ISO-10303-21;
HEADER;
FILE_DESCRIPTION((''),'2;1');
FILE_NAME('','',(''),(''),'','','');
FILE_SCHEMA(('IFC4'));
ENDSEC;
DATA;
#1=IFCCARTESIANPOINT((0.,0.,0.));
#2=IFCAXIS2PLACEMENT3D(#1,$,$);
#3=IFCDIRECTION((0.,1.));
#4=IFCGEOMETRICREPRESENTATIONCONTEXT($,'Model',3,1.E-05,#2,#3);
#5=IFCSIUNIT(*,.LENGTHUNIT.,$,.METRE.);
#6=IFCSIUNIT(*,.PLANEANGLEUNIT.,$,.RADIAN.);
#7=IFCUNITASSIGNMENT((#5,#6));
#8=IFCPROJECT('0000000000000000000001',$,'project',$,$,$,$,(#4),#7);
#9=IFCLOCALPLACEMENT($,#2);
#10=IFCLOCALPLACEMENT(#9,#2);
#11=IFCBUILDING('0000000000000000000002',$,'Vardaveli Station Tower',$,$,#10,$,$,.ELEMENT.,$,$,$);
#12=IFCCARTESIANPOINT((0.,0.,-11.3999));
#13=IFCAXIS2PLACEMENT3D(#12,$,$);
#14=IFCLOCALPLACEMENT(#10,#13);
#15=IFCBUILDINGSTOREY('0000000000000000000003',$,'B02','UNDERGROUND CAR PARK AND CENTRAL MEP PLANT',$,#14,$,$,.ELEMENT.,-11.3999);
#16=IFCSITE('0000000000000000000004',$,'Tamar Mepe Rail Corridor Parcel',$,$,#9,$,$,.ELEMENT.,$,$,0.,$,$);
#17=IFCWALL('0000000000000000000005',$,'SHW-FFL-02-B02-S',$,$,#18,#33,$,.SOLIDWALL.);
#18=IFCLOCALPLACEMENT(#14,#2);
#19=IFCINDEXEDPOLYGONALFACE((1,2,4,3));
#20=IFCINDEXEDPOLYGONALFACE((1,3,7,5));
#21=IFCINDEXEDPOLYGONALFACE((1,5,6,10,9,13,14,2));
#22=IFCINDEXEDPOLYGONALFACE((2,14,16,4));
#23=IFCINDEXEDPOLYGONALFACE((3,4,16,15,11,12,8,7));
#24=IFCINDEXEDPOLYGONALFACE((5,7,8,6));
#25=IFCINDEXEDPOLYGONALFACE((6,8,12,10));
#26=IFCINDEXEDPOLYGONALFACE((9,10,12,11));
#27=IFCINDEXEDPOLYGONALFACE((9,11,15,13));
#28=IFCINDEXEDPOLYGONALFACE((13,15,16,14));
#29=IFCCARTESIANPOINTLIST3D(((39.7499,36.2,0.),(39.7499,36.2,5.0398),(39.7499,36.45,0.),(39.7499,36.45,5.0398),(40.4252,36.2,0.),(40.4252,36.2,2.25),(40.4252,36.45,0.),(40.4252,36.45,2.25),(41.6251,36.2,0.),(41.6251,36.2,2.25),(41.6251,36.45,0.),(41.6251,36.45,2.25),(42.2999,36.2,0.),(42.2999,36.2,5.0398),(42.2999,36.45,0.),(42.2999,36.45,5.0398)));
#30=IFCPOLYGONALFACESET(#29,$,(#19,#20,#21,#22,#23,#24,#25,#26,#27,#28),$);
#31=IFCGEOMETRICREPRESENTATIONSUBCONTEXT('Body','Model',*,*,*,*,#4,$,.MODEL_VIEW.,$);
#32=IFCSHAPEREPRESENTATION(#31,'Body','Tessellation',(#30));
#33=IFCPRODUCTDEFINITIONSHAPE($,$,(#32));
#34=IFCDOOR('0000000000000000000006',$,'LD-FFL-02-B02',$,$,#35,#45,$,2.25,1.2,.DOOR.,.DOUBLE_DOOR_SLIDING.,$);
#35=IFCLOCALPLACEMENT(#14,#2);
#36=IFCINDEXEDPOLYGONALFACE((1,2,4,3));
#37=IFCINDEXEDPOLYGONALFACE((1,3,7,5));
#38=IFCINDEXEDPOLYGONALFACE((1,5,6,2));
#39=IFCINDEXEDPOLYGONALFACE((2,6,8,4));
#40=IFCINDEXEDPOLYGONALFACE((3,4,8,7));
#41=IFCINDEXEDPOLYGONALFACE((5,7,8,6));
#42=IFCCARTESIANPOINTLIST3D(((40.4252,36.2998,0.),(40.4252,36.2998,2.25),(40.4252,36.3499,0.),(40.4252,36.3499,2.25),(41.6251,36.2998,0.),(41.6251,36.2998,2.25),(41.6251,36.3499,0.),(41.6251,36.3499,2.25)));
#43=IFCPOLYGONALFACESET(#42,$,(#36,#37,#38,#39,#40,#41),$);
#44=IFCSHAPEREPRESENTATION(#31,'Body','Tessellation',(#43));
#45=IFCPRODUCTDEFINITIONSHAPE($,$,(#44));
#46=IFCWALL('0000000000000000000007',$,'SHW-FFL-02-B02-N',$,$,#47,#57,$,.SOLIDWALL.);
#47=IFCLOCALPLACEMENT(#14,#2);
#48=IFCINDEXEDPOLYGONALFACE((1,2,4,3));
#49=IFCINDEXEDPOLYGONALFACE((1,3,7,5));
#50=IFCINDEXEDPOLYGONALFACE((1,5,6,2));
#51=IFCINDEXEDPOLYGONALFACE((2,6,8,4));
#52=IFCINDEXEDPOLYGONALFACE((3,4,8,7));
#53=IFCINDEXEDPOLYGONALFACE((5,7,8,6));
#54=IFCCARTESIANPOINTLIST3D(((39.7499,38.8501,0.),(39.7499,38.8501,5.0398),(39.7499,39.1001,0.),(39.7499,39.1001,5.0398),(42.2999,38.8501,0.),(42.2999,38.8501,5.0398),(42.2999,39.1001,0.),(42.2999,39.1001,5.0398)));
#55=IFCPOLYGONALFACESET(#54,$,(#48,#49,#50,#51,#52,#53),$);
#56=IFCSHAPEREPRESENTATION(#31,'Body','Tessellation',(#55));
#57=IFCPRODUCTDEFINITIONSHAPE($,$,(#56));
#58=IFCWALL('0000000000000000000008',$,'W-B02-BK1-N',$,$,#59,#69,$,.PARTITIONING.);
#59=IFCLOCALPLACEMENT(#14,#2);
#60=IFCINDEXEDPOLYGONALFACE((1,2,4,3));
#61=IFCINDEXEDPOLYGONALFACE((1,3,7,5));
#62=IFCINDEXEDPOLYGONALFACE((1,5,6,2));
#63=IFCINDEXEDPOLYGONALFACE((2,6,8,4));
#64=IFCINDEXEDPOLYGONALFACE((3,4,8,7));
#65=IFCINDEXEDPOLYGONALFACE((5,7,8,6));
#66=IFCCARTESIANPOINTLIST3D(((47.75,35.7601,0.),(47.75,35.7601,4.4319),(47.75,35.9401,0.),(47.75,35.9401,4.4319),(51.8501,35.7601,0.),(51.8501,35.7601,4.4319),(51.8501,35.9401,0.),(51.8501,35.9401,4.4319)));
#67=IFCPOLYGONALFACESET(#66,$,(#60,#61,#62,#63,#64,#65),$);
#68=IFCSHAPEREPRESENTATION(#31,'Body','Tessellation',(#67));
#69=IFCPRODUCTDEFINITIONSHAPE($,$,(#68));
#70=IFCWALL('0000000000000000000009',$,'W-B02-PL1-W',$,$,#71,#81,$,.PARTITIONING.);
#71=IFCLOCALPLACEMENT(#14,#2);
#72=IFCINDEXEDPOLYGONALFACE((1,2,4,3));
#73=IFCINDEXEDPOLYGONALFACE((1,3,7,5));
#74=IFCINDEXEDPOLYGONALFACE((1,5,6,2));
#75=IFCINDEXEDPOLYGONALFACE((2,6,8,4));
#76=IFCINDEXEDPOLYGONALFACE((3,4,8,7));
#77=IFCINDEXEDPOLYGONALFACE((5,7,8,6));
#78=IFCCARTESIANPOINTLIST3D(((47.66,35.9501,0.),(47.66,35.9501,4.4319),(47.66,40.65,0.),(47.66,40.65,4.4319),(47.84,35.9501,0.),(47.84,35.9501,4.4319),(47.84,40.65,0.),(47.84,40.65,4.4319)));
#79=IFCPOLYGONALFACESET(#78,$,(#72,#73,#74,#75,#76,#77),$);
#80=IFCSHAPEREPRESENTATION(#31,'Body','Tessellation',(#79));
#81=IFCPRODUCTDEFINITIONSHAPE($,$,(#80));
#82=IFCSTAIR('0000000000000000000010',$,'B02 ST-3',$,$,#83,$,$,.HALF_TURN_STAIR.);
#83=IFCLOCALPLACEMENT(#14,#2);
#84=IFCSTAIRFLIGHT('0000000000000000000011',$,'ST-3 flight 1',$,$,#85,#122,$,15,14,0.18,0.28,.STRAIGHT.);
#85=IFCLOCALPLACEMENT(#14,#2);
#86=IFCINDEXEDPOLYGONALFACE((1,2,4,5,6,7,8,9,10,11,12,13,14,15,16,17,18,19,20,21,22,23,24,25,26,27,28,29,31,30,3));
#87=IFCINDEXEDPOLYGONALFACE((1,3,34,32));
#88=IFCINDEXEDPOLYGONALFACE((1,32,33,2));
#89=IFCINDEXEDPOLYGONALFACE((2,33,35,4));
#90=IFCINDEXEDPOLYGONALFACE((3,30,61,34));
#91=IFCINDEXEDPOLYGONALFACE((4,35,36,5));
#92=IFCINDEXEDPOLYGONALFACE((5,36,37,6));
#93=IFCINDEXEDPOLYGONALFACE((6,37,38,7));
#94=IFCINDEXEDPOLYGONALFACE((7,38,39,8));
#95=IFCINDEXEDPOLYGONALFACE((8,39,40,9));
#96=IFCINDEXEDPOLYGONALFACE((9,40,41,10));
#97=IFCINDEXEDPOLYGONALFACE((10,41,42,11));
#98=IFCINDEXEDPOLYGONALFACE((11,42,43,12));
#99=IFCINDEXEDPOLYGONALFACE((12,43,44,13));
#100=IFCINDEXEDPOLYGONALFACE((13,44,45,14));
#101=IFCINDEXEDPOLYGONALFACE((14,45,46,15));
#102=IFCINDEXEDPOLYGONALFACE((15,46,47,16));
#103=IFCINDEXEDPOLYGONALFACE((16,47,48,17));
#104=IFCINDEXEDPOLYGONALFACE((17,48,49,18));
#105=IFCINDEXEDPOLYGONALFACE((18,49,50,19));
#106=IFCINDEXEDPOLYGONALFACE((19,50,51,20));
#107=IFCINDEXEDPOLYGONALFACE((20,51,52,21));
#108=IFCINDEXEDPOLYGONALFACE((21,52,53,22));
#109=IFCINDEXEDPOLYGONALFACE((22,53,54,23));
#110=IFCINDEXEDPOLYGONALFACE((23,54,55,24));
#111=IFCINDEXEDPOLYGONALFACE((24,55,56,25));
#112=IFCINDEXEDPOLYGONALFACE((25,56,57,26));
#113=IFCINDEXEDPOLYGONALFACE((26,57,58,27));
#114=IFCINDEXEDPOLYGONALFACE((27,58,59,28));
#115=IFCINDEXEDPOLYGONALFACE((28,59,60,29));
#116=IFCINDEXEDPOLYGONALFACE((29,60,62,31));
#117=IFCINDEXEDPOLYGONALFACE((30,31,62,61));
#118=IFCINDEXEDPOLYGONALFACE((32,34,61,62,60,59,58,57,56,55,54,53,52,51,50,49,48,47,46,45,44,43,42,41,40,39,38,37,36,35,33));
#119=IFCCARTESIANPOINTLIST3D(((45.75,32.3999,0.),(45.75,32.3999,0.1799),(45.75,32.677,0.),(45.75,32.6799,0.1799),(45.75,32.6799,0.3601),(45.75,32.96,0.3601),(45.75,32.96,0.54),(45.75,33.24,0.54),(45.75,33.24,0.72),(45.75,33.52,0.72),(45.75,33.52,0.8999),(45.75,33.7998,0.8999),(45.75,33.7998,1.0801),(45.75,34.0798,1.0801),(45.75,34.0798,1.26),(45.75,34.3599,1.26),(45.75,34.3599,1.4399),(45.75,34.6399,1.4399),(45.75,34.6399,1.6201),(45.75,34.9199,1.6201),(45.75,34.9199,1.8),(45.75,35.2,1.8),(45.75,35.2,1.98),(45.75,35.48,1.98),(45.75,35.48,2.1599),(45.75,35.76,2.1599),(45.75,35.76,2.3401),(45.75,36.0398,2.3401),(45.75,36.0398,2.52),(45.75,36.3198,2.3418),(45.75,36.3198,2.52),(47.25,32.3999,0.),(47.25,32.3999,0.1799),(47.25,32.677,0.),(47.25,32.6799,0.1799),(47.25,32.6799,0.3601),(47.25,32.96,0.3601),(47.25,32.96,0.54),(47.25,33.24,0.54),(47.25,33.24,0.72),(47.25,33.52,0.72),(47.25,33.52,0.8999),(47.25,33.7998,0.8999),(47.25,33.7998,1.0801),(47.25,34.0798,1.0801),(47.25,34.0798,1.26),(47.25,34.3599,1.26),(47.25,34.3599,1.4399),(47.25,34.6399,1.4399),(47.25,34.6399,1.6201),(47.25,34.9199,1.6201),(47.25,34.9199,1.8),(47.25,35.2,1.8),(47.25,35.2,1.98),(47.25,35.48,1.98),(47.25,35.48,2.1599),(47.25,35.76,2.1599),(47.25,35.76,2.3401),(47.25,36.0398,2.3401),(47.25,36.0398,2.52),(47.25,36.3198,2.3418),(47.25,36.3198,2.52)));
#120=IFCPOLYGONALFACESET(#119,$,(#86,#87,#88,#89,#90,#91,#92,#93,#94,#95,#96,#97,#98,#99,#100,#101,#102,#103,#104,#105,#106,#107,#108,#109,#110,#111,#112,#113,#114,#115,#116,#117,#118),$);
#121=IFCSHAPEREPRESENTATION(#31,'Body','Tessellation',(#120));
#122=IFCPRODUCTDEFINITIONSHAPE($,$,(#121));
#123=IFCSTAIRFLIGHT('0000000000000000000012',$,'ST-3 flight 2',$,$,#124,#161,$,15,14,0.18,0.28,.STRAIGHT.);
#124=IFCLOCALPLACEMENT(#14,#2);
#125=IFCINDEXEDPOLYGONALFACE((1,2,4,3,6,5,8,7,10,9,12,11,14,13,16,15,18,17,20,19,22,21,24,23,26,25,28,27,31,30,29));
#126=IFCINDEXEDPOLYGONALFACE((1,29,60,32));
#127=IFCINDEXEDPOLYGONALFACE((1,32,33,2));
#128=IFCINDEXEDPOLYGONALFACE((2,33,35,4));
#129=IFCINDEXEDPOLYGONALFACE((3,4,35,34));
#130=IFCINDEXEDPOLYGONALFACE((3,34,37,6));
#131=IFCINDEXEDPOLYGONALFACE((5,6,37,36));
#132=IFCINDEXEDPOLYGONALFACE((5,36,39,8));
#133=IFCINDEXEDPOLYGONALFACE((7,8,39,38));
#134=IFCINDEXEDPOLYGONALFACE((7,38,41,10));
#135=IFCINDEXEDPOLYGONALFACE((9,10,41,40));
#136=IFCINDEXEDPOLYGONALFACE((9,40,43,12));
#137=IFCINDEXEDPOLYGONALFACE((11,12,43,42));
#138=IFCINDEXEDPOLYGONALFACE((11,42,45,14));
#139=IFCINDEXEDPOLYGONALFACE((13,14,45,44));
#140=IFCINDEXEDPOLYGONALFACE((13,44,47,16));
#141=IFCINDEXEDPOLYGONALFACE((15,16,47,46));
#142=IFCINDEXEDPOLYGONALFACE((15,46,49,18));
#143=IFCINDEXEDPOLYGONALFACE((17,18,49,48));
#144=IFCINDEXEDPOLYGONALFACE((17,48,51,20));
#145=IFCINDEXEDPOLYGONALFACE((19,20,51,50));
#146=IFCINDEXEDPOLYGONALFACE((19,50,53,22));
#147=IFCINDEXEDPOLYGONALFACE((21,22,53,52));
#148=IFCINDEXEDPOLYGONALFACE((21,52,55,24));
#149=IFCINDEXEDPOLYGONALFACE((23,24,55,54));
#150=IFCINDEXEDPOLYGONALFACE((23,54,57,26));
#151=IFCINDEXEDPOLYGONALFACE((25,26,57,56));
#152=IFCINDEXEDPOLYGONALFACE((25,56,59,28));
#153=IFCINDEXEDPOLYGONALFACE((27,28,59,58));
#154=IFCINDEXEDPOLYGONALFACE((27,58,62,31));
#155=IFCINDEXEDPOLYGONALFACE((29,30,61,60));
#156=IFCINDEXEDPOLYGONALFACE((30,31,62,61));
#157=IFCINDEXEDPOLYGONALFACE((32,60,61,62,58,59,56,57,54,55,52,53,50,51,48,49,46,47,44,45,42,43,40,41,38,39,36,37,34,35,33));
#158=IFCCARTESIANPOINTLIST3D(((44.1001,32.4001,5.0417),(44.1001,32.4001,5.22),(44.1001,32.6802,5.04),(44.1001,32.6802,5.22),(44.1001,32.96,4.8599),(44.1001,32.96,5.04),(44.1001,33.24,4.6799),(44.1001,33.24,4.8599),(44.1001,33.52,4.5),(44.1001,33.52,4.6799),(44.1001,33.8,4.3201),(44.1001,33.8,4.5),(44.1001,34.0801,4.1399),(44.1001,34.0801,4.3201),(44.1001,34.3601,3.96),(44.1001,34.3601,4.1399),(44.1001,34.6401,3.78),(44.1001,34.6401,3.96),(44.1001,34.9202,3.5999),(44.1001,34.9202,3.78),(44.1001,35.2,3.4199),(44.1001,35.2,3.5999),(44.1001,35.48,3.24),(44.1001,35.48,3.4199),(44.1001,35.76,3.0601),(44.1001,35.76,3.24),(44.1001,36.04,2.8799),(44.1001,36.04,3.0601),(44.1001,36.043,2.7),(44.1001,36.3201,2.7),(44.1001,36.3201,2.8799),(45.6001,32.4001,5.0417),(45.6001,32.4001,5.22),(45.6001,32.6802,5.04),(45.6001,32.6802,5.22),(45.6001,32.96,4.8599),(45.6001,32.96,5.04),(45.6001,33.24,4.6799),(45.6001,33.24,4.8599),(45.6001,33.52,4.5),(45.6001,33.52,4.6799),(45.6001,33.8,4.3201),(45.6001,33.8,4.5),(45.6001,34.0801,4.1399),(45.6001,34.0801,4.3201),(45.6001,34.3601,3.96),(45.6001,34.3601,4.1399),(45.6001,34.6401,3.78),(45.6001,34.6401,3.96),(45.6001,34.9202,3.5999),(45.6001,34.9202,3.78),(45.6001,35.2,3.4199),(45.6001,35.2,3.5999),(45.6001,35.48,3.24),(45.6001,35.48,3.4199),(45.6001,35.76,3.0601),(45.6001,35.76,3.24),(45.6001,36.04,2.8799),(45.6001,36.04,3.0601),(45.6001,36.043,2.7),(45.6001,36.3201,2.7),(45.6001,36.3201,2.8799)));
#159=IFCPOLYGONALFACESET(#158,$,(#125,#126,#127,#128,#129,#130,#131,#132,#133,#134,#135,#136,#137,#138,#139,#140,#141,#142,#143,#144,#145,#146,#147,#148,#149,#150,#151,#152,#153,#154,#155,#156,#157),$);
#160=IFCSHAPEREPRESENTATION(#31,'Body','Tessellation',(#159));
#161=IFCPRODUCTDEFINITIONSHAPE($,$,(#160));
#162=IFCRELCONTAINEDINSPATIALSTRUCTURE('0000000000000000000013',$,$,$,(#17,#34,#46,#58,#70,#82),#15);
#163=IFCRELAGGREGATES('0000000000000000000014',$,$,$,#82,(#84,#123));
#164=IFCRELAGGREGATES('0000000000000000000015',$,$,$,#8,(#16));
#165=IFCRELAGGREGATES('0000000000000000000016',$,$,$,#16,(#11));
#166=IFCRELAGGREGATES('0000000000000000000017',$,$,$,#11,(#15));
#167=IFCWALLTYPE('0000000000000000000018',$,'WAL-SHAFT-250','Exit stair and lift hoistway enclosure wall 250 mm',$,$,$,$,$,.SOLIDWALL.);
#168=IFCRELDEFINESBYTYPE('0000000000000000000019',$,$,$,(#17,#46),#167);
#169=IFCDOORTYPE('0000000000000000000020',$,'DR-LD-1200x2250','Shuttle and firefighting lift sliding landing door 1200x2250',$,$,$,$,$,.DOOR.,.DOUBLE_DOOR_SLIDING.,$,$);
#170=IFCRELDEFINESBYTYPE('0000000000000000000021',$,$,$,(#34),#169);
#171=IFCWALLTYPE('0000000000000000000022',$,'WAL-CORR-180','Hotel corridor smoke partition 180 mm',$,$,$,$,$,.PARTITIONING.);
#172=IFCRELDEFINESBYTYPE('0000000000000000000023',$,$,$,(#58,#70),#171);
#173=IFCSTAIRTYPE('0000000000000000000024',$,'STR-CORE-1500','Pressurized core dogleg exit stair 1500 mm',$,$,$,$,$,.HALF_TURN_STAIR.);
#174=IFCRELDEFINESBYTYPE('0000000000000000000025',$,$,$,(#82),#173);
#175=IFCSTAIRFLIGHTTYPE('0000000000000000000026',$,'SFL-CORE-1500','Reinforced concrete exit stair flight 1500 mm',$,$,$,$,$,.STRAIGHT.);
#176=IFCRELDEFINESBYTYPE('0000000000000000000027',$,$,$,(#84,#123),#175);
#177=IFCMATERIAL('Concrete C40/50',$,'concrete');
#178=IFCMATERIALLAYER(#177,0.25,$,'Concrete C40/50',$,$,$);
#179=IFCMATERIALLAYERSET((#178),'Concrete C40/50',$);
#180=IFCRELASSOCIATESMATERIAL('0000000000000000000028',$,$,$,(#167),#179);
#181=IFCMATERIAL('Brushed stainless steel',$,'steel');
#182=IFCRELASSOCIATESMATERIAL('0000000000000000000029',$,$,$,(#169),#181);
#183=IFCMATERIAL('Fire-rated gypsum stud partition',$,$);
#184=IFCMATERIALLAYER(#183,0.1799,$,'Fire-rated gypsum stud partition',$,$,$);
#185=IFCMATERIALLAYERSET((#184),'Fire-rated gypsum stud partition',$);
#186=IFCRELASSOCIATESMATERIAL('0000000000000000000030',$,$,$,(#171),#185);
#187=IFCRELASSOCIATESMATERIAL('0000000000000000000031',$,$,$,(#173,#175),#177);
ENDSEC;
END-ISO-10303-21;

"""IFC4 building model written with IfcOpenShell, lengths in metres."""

from ifc_helpers import new_model, si_unit, direction, frame, frame_2d, origin, place, context, subcontext, project, spatial, polyline, rectangle, outline, extrude, source, transform, mapped, material, layer, layer_set, type_object, element, fill, aggregate, save


model = new_model("IFC4")

# Units and contexts
model_context = context("Model", 3, precision=1e-05, world=origin(), true_north=direction((0.0, 1.0)))
body_context = subcontext(model_context, "Body", "Model", "MODEL_VIEW")
ifc_project = project(units=[si_unit("LENGTHUNIT", "METRE"), si_unit("PLANEANGLEUNIT", "RADIAN")], contexts=[model_context])

# Site, building, storey
site_placement = place(None, origin())
site = spatial("IfcSite", under=ifc_project, at=site_placement, Name="Tamar Mepe Rail Corridor Parcel", CompositionType="ELEMENT", RefElevation=0.0)
building_placement = place(site_placement, origin())
building = spatial("IfcBuilding", under=site, at=building_placement, Name="Vardaveli Station Tower", CompositionType="ELEMENT")
storey_placement = place(building_placement, frame((0.0, 0.0, -11.3999)))
storey = spatial("IfcBuildingStorey", under=building, at=storey_placement, Name="B02", Description="UNDERGROUND CAR PARK AND CENTRAL MEP PLANT", CompositionType="ELEMENT", Elevation=-11.3999)

# Shared definitions
ifc_material_1 = material(Name="Concrete C40/50", Category="concrete")

# Shared definitions
ifc_layer_1 = layer(ifc_material_1, 0.25, Name="Concrete C40/50")
ifc_layer_set_1 = layer_set([ifc_layer_1], Name="Concrete C40/50")
wall_type_1 = type_object("IfcWallType", Name="WAL-SHAFT-250", Description="Exit stair and lift hoistway enclosure wall 250 mm", PredefinedType="SOLIDWALL", material=ifc_layer_set_1)

# Wall, opening, door
shared_shape_1 = source(origin(), body_context, "Body", "SweptSolid", [
    extrude(rectangle(XDim=2.55, YDim=0.25, at=frame_2d((1.2749, 0.0))), origin(), (0.0, 0.0, 1.0), 5.0398),
])
wall_1_placement = place(storey_placement, frame((39.75, 36.325, 0.0), z_axis=(0.0, 0.0, 1.0), x_axis=(1.0, 0.0, 0.0)))
wall_1 = element("IfcWall", 1, at=wall_1_placement, inside=storey, type_object=wall_type_1, Name="SHW-FFL-02-B02-S", PredefinedType="SOLIDWALL", context=body_context, shape_type="MappedRepresentation", body=[
    mapped(shared_shape_1, transform((0.0, 0.0, 0.0), scale=1.0)),
])
shared_shape_2 = source(origin(), body_context, "Body", "SweptSolid", [
    extrude(rectangle(XDim=1.2, YDim=2.25, at=frame_2d((0.6001, 1.125))), frame((0.0, 0.135, 0.0), z_axis=(0.0, -1.0, 0.0), x_axis=(1.0, 0.0, 0.0)), (0.0, 0.0, 1.0), 0.27),
])
opening_placement = place(wall_1_placement, frame((0.675, 0.0, 0.0)))
opening = element("IfcOpeningElement", 2, at=opening_placement, cuts=wall_1, PredefinedType="OPENING", context=body_context, shape_type="MappedRepresentation", body=[
    mapped(shared_shape_2, transform((0.0, 0.0, 0.0), scale=1.0)),
])
ifc_material_2 = material(Name="Brushed stainless steel", Category="steel")
door_type = type_object("IfcDoorType", Name="DR-LD-1200x2250", Description="Shuttle and firefighting lift sliding landing door 1200x2250", OperationType="DOUBLE_DOOR_SLIDING", PredefinedType="DOOR", material=ifc_material_2)
shared_shape_3 = source(origin(), body_context, "Body", "SweptSolid", [
    extrude(rectangle(XDim=1.2, YDim=2.25, at=frame_2d((0.6001, 1.125))), frame((0.0, 0.0249, 0.0), z_axis=(0.0, -1.0, 0.0), x_axis=(1.0, 0.0, 0.0)), (0.0, 0.0, 1.0), 0.05),
])
door_placement = place(opening_placement, origin())
door = element("IfcDoor", 3, at=door_placement, inside=storey, type_object=door_type, Name="LD-FFL-02-B02", OperationType="DOUBLE_DOOR_SLIDING", OverallHeight=2.25, OverallWidth=1.2, PredefinedType="DOOR", context=body_context, shape_type="MappedRepresentation", body=[
    mapped(shared_shape_3, transform((0.0, 0.0, 0.0), scale=1.0)),
])
fill(opening, door)

# Walls
wall_2_placement = place(storey_placement, frame((39.75, 38.9751, 0.0), z_axis=(0.0, 0.0, 1.0), x_axis=(1.0, 0.0, 0.0)))
element("IfcWall", 4, at=wall_2_placement, inside=storey, type_object=wall_type_1, Name="SHW-FFL-02-B02-N", PredefinedType="SOLIDWALL", context=body_context, shape_type="MappedRepresentation", body=[
    mapped(shared_shape_1, transform((0.0, 0.0, 0.0), scale=1.0)),
])
ifc_material_3 = material(Name="Fire-rated gypsum stud partition")
ifc_layer_2 = layer(ifc_material_3, 0.1799, Name="Fire-rated gypsum stud partition")
ifc_layer_set_2 = layer_set([ifc_layer_2], Name="Fire-rated gypsum stud partition")
wall_type_2 = type_object("IfcWallType", Name="WAL-CORR-180", Description="Hotel corridor smoke partition 180 mm", PredefinedType="PARTITIONING", material=ifc_layer_set_2)
shared_shape_4 = source(origin(), body_context, "Body", "SweptSolid", [
    extrude(rectangle(XDim=4.1001, YDim=0.1799, at=frame_2d((2.05, 0.0))), origin(), (0.0, 0.0, 1.0), 4.4319),
])
wall_3_placement = place(storey_placement, frame((47.75, 35.8501, 0.0), z_axis=(0.0, 0.0, 1.0), x_axis=(1.0, 0.0, 0.0)))
element("IfcWall", 5, at=wall_3_placement, inside=storey, type_object=wall_type_2, Name="W-B02-BK1-N", PredefinedType="PARTITIONING", context=body_context, shape_type="MappedRepresentation", body=[
    mapped(shared_shape_4, transform((0.0, 0.0, 0.0), scale=1.0)),
])
shared_shape_5 = source(origin(), body_context, "Body", "SweptSolid", [
    extrude(rectangle(XDim=4.7, YDim=0.1799, at=frame_2d((2.3501, 0.0))), origin(), (0.0, 0.0, 1.0), 4.4319),
])
wall_4_placement = place(storey_placement, frame((47.75, 35.95, 0.0), z_axis=(0.0, 0.0, 1.0), x_axis=(0.0, 1.0, 0.0)))
element("IfcWall", 6, at=wall_4_placement, inside=storey, type_object=wall_type_2, Name="W-B02-PL1-W", PredefinedType="PARTITIONING", context=body_context, shape_type="MappedRepresentation", body=[
    mapped(shared_shape_5, transform((0.0, 0.0, 0.0), scale=1.0)),
])

# Stair, stair flights
stair_type = type_object("IfcStairType", Name="STR-CORE-1500", Description="Pressurized core dogleg exit stair 1500 mm", PredefinedType="HALF_TURN_STAIR", material=ifc_material_1)
stair_placement = place(storey_placement, origin())
stair = element("IfcStair", 7, at=stair_placement, inside=storey, type_object=stair_type, Name="B02 ST-3", PredefinedType="HALF_TURN_STAIR")
stair_flight_type = type_object("IfcStairFlightType", Name="SFL-CORE-1500", Description="Reinforced concrete exit stair flight 1500 mm", PredefinedType="STRAIGHT", material=ifc_material_1)
shared_shape_6 = source(origin(), body_context, "Body", "SweptSolid", [
    extrude(outline(polyline([(0.0, 0.0), (0.0, 0.1799), (0.28, 0.1799), (0.28, 0.3601), (0.5601, 0.3601), (0.5601, 0.54), (0.8401, 0.54), (0.8401, 0.72), (1.1201, 0.72), (1.1201, 0.8999), (1.3999, 0.8999), (1.3999, 1.0801), (1.6799, 1.0801), (1.6799, 1.26), (1.96, 1.26), (1.96, 1.4399), (2.24, 1.4399), (2.24, 1.6201), (2.52, 1.6201), (2.52, 1.8), (2.8, 1.8), (2.8, 1.98), (3.0801, 1.98), (3.0801, 2.1599), (3.3601, 2.1599), (3.3601, 2.3401), (3.6399, 2.3401), (3.6399, 2.52), (3.9199, 2.52), (3.9199, 2.7), (3.9199, 2.3418), (0.2771, 0.0), (0.0, 0.0)])), frame((0.0, 0.75, 0.0), z_axis=(0.0, -1.0, 0.0), x_axis=(1.0, 0.0, 0.0)), (0.0, 0.0, 1.0), 1.5),
])
stair_flight_1_placement = place(storey_placement, frame((46.5, 32.3999, 0.0), z_axis=(0.0, 0.0, 1.0), x_axis=(0.0, 1.0, 0.0)))
stair_flight_1 = element("IfcStairFlight", 8, at=stair_flight_1_placement, type_object=stair_flight_type, Name="ST-3 flight 1", NumberOfRisers=15, NumberOfTreads=14, PredefinedType="STRAIGHT", RiserHeight=0.18, TreadLength=0.28, context=body_context, shape_type="MappedRepresentation", body=[
    mapped(shared_shape_6, transform((0.0, 0.0, 0.0), scale=1.0)),
])
stair_flight_2_placement = place(storey_placement, frame((44.8501, 36.3201, 2.7), z_axis=(0.0, 0.0, 1.0), x_axis=(0.0, -1.0, 0.0)))
stair_flight_2 = element("IfcStairFlight", 9, at=stair_flight_2_placement, type_object=stair_flight_type, Name="ST-3 flight 2", NumberOfRisers=15, NumberOfTreads=14, PredefinedType="STRAIGHT", RiserHeight=0.18, TreadLength=0.28, context=body_context, shape_type="MappedRepresentation", body=[
    mapped(shared_shape_6, transform((0.0, 0.0, 0.0), scale=1.0)),
])
aggregate(stair, [stair_flight_1, stair_flight_2])

save(model, "model.ifc")
